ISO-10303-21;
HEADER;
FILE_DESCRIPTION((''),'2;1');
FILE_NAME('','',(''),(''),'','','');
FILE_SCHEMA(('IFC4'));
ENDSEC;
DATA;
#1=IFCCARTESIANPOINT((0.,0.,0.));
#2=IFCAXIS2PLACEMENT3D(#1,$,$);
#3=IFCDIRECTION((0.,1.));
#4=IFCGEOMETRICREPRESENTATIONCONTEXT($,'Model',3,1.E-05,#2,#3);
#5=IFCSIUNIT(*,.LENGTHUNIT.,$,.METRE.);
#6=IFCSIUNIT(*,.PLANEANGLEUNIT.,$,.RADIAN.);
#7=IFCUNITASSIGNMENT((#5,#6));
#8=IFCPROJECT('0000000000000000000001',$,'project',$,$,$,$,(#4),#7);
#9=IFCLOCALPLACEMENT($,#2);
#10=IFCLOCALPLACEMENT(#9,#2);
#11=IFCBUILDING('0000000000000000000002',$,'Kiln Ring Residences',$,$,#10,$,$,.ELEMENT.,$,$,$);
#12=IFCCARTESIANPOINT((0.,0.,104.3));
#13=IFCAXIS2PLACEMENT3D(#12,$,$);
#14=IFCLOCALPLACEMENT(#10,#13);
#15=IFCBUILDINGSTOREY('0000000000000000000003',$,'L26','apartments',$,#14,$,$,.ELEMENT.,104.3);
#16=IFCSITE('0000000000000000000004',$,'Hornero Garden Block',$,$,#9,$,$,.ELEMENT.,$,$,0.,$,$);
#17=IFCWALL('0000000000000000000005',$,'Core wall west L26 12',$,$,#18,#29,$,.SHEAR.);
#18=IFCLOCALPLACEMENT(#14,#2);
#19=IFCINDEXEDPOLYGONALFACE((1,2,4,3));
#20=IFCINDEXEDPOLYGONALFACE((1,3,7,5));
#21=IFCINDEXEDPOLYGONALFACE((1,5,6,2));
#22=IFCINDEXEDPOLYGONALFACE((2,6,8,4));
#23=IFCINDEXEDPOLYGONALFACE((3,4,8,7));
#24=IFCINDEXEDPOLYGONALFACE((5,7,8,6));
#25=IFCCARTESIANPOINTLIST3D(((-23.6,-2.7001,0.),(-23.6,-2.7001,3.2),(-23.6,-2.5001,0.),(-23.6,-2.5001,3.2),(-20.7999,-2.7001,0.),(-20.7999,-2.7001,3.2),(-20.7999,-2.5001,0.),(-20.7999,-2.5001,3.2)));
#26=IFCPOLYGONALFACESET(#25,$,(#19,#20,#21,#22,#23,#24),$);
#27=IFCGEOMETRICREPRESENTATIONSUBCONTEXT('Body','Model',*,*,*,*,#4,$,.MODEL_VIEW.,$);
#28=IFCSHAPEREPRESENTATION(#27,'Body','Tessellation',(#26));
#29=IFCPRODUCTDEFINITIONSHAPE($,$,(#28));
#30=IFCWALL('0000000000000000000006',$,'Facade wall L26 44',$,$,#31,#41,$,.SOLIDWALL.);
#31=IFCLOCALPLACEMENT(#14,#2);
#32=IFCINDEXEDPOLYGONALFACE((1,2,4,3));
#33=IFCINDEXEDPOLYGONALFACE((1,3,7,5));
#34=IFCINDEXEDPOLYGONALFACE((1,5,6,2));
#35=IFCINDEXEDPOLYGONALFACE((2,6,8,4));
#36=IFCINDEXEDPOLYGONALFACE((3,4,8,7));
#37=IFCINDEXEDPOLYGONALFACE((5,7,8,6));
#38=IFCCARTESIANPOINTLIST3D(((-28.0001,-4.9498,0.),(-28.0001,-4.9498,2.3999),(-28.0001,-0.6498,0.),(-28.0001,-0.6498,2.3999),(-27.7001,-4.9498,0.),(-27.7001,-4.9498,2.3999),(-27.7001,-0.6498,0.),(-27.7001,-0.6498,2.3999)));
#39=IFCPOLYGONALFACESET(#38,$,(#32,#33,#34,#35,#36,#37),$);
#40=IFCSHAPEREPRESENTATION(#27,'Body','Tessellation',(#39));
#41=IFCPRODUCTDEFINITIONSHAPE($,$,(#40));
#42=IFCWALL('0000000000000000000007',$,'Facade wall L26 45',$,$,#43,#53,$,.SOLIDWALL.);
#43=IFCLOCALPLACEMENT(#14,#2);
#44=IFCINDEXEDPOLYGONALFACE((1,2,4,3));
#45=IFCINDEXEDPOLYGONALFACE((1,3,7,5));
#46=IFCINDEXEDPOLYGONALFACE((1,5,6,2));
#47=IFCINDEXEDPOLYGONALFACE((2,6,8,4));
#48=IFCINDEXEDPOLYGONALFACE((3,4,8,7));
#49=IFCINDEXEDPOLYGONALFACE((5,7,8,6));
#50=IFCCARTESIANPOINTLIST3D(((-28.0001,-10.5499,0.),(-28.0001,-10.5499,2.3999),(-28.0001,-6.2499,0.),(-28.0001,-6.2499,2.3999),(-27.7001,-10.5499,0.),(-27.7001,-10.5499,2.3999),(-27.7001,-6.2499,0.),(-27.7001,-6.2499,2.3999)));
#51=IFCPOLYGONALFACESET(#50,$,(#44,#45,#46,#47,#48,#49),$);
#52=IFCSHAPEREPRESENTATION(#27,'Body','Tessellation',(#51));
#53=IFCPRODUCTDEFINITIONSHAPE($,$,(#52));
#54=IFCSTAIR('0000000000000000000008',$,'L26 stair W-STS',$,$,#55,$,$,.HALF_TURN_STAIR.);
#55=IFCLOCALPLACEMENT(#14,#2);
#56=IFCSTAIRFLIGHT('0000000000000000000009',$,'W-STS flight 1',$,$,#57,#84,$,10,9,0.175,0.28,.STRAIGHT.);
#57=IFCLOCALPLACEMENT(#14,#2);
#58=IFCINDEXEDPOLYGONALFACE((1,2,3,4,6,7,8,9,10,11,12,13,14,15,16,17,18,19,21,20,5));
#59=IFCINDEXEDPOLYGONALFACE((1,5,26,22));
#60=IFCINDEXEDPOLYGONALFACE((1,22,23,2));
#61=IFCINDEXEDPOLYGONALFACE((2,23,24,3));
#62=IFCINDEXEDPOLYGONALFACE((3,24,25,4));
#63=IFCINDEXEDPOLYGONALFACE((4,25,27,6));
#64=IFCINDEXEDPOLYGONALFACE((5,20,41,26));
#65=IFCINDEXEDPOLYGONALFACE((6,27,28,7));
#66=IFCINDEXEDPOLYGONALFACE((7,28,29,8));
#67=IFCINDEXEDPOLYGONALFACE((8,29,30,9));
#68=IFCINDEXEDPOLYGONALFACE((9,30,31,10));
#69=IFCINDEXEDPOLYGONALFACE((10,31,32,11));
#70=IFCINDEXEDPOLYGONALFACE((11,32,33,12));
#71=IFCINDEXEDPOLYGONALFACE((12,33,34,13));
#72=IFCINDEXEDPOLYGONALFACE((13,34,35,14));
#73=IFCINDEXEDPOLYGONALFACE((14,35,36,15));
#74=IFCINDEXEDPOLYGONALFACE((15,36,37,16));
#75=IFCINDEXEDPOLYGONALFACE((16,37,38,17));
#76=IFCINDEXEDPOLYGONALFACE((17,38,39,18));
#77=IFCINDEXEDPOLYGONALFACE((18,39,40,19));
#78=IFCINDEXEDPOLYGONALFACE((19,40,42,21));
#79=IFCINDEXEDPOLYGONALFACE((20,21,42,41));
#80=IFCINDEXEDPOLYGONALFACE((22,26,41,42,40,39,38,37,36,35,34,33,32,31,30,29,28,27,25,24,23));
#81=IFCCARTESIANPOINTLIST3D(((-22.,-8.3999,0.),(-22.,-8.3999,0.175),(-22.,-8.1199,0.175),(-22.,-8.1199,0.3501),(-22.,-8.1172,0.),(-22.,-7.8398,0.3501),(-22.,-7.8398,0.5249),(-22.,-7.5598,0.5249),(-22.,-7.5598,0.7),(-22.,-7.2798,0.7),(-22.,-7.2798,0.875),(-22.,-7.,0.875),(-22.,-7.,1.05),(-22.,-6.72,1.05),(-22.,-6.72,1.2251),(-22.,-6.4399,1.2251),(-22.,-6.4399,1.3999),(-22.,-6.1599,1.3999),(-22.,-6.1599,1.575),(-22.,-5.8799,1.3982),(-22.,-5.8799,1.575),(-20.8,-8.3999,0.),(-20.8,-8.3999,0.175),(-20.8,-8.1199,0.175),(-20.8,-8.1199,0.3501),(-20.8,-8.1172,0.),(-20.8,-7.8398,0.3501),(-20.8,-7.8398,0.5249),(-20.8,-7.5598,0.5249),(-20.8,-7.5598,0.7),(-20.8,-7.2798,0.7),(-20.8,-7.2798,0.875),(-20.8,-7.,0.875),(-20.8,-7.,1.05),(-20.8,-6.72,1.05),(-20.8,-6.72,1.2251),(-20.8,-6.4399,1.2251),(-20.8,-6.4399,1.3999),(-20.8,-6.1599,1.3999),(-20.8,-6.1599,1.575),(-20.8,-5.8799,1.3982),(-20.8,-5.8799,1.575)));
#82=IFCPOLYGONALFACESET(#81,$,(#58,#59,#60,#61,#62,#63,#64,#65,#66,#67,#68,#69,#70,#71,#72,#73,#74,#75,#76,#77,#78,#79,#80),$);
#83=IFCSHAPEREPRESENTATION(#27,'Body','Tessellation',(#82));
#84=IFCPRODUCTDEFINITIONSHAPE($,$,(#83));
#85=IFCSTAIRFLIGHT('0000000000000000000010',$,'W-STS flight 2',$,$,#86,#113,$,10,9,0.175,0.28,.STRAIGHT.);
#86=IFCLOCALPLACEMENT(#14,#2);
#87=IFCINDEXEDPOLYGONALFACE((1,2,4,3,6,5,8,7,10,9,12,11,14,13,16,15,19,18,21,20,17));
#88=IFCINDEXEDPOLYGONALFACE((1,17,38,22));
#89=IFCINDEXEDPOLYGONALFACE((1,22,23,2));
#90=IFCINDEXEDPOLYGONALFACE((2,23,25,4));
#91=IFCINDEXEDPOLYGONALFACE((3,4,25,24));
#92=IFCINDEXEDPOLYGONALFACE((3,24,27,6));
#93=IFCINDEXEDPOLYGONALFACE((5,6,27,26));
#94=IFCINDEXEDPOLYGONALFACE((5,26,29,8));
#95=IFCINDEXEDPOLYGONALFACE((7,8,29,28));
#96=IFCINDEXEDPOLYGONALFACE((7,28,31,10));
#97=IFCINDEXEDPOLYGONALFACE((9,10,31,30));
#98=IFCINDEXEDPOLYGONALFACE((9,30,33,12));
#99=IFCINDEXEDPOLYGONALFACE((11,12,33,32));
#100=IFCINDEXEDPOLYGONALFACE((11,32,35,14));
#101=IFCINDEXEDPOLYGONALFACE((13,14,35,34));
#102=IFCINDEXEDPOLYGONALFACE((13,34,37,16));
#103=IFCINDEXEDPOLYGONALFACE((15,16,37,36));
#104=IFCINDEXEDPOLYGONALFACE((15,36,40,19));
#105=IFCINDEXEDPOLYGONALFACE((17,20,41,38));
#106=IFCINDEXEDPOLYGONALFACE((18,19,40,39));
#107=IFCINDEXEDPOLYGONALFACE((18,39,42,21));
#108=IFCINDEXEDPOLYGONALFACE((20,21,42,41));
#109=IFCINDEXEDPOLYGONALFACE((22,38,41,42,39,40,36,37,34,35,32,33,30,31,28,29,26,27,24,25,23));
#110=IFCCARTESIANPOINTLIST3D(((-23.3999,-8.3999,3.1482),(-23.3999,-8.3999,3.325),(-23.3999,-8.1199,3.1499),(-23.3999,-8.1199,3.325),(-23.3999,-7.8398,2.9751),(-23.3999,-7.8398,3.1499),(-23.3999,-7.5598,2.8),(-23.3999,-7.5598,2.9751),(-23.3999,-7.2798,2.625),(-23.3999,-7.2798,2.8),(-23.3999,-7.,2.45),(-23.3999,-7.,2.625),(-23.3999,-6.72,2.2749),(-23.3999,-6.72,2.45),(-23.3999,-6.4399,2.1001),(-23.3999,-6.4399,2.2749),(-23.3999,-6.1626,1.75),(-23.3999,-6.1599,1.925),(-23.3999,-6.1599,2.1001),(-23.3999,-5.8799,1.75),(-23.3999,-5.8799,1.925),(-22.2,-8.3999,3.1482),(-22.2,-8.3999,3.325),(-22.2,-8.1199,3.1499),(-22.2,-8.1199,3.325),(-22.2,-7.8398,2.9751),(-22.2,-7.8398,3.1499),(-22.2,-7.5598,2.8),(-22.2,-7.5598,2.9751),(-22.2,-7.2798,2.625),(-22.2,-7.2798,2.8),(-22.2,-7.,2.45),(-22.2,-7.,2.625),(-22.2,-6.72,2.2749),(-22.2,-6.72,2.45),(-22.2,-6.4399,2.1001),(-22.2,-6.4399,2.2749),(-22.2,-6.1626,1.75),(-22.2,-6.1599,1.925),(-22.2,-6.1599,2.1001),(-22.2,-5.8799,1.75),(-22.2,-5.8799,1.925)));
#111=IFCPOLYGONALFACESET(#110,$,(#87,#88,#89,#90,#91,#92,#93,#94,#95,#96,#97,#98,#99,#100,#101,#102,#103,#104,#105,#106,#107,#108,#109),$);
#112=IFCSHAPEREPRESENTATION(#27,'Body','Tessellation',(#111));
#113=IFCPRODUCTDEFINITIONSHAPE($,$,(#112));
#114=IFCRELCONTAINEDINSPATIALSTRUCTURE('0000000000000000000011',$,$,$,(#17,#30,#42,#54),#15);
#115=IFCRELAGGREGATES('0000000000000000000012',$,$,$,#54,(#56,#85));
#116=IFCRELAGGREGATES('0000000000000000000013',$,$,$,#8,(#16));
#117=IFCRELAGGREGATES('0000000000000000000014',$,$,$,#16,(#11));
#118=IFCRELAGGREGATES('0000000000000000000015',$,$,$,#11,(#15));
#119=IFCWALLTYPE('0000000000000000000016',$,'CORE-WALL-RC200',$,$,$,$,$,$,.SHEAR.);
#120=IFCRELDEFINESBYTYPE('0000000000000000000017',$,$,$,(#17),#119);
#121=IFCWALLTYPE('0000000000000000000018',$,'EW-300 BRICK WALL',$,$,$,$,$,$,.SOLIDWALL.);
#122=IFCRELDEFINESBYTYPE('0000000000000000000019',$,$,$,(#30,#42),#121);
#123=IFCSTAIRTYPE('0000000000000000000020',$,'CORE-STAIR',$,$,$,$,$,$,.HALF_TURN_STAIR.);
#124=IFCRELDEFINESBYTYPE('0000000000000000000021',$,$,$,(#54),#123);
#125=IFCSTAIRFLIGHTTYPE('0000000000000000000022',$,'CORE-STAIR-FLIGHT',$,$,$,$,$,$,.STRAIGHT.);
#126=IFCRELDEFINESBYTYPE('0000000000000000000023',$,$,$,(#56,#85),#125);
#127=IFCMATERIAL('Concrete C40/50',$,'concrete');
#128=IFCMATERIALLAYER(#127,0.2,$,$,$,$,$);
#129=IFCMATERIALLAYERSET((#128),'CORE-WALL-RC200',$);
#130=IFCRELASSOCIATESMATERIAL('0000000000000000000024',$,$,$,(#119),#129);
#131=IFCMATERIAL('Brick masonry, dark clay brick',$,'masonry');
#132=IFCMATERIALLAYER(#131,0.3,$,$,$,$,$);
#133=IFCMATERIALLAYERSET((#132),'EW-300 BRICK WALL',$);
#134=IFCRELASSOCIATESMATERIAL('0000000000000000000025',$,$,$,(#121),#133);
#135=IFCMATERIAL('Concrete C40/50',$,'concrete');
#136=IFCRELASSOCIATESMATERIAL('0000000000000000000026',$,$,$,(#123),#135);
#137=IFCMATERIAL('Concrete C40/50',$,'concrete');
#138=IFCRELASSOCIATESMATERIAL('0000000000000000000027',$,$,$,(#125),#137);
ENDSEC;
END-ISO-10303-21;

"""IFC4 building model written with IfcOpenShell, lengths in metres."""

from ifc_helpers import new_model, si_unit, direction, frame, frame_2d, origin, place, context, subcontext, project, spatial, polyline, rectangle, outline, extrude, material, layer, layer_set, type_object, element, aggregate, save


model = new_model("IFC4")

# Units and contexts
model_context = context("Model", 3, precision=1e-05, world=origin(), true_north=direction((0.0, 1.0)))
body_context = subcontext(model_context, "Body", "Model", "MODEL_VIEW")
ifc_project = project(units=[si_unit("LENGTHUNIT", "METRE"), si_unit("PLANEANGLEUNIT", "RADIAN")], contexts=[model_context])

# Site, building, storey
site_placement = place(None, origin())
site = spatial("IfcSite", under=ifc_project, at=site_placement, Name="Hornero Garden Block", CompositionType="ELEMENT", RefElevation=0.0)
building_placement = place(site_placement, origin())
building = spatial("IfcBuilding", under=site, at=building_placement, Name="Kiln Ring Residences", CompositionType="ELEMENT")
storey_placement = place(building_placement, frame((0.0, 0.0, 104.3)))
storey = spatial("IfcBuildingStorey", under=building, at=storey_placement, Name="L26", Description="apartments", CompositionType="ELEMENT", Elevation=104.3)

# Shared definitions
ifc_material_1 = material(Name="Concrete C40/50", Category="concrete")
ifc_layer_1 = layer(ifc_material_1, 0.2)
ifc_layer_set_1 = layer_set([ifc_layer_1], Name="CORE-WALL-RC200")
wall_type_1 = type_object("IfcWallType", Name="CORE-WALL-RC200", PredefinedType="SHEAR", material=ifc_layer_set_1)

# Walls
wall_1_placement = place(storey_placement, frame((-20.8, -2.6001, 0.0), z_axis=(0.0, 0.0, 1.0), x_axis=(-1.0, 0.0, 0.0)))
element("IfcWall", 1, at=wall_1_placement, inside=storey, type_object=wall_type_1, Name="Core wall west L26 12", PredefinedType="SHEAR", context=body_context, shape_type="SweptSolid", body=[
    extrude(rectangle(XDim=2.8, YDim=0.2, at=frame_2d((1.3999, 0.0))), origin(), (0.0, 0.0, 1.0), 3.2),
])
ifc_material_2 = material(Name="Brick masonry, dark clay brick", Category="masonry")
ifc_layer_2 = layer(ifc_material_2, 0.3)
ifc_layer_set_2 = layer_set([ifc_layer_2], Name="EW-300 BRICK WALL")
wall_type_2 = type_object("IfcWallType", Name="EW-300 BRICK WALL", PredefinedType="SOLIDWALL", material=ifc_layer_set_2)
for number, where, z_axis, x_axis, name in (
    (2, (-27.8501, -0.6499, 0.0), (0.0, 0.0, 1.0), (0.0, -1.0, 0.0), "Facade wall L26 44"),
    (3, (-27.8501, -6.25, 0.0), (0.0, 0.0, 1.0), (0.0, -1.0, 0.0), "Facade wall L26 45"),
):
    element("IfcWall", number, at=place(storey_placement, frame(where, z_axis=z_axis, x_axis=x_axis)), inside=storey, type_object=wall_type_2, Name=name, PredefinedType="SOLIDWALL", context=body_context, shape_type="SweptSolid", body=[
        extrude(rectangle(XDim=4.3, YDim=0.3, at=frame_2d((2.1499, 0.0))), origin(), (0.0, 0.0, 1.0), 2.3999),
    ])

# Stair, stair flights
ifc_material_3 = material(Name="Concrete C40/50", Category="concrete")
stair_type = type_object("IfcStairType", Name="CORE-STAIR", PredefinedType="HALF_TURN_STAIR", material=ifc_material_3)
stair_placement = place(storey_placement, origin())
stair = element("IfcStair", 4, at=stair_placement, inside=storey, type_object=stair_type, Name="L26 stair W-STS", PredefinedType="HALF_TURN_STAIR")
ifc_material_4 = material(Name="Concrete C40/50", Category="concrete")
stair_flight_type = type_object("IfcStairFlightType", Name="CORE-STAIR-FLIGHT", PredefinedType="STRAIGHT", material=ifc_material_4)
stair_flight_1_placement = place(storey_placement, frame((-21.3999, -8.3999, 0.0), z_axis=(0.0, 0.0, 1.0), x_axis=(0.0, 1.0, 0.0)))
stair_flight_1 = element("IfcStairFlight", 5, at=stair_flight_1_placement, type_object=stair_flight_type, Name="W-STS flight 1", NumberOfRisers=10, NumberOfTreads=9, PredefinedType="STRAIGHT", RiserHeight=0.175, TreadLength=0.28, context=body_context, shape_type="SweptSolid", body=[
    extrude(outline(polyline([(0.0, 0.0), (0.0, 0.175), (0.28, 0.175), (0.28, 0.3501), (0.5601, 0.3501), (0.5601, 0.5249), (0.8401, 0.5249), (0.8401, 0.7), (1.1201, 0.7), (1.1201, 0.875), (1.3999, 0.875), (1.3999, 1.05), (1.6799, 1.05), (1.6799, 1.2251), (1.96, 1.2251), (1.96, 1.3999), (2.24, 1.3999), (2.24, 1.575), (2.52, 1.575), (2.52, 1.75), (2.52, 1.3982), (0.2827, 0.0), (0.0, 0.0)])), frame((0.0, 0.6001, 0.0), z_axis=(0.0, -1.0, 0.0), x_axis=(1.0, 0.0, 0.0)), (0.0, 0.0, 1.0), 1.2),
])
stair_flight_2_placement = place(storey_placement, frame((-22.8, -5.8799, 1.75), z_axis=(0.0, 0.0, 1.0), x_axis=(0.0, -1.0, 0.0)))
stair_flight_2 = element("IfcStairFlight", 6, at=stair_flight_2_placement, type_object=stair_flight_type, Name="W-STS flight 2", NumberOfRisers=10, NumberOfTreads=9, PredefinedType="STRAIGHT", RiserHeight=0.175, TreadLength=0.28, context=body_context, shape_type="SweptSolid", body=[
    extrude(outline(polyline([(0.0, 0.0), (0.0, 0.175), (0.28, 0.175), (0.28, 0.3501), (0.5601, 0.3501), (0.5601, 0.5249), (0.8401, 0.5249), (0.8401, 0.7), (1.1201, 0.7), (1.1201, 0.875), (1.3999, 0.875), (1.3999, 1.05), (1.6799, 1.05), (1.6799, 1.2251), (1.96, 1.2251), (1.96, 1.3999), (2.24, 1.3999), (2.24, 1.575), (2.52, 1.575), (2.52, 1.75), (2.52, 1.3982), (0.2827, 0.0), (0.0, 0.0)])), frame((0.0, 0.6001, 0.0), z_axis=(0.0, -1.0, 0.0), x_axis=(1.0, 0.0, 0.0)), (0.0, 0.0, 1.0), 1.2),
])
aggregate(stair, [stair_flight_1, stair_flight_2])

save(model, "model.ifc")
